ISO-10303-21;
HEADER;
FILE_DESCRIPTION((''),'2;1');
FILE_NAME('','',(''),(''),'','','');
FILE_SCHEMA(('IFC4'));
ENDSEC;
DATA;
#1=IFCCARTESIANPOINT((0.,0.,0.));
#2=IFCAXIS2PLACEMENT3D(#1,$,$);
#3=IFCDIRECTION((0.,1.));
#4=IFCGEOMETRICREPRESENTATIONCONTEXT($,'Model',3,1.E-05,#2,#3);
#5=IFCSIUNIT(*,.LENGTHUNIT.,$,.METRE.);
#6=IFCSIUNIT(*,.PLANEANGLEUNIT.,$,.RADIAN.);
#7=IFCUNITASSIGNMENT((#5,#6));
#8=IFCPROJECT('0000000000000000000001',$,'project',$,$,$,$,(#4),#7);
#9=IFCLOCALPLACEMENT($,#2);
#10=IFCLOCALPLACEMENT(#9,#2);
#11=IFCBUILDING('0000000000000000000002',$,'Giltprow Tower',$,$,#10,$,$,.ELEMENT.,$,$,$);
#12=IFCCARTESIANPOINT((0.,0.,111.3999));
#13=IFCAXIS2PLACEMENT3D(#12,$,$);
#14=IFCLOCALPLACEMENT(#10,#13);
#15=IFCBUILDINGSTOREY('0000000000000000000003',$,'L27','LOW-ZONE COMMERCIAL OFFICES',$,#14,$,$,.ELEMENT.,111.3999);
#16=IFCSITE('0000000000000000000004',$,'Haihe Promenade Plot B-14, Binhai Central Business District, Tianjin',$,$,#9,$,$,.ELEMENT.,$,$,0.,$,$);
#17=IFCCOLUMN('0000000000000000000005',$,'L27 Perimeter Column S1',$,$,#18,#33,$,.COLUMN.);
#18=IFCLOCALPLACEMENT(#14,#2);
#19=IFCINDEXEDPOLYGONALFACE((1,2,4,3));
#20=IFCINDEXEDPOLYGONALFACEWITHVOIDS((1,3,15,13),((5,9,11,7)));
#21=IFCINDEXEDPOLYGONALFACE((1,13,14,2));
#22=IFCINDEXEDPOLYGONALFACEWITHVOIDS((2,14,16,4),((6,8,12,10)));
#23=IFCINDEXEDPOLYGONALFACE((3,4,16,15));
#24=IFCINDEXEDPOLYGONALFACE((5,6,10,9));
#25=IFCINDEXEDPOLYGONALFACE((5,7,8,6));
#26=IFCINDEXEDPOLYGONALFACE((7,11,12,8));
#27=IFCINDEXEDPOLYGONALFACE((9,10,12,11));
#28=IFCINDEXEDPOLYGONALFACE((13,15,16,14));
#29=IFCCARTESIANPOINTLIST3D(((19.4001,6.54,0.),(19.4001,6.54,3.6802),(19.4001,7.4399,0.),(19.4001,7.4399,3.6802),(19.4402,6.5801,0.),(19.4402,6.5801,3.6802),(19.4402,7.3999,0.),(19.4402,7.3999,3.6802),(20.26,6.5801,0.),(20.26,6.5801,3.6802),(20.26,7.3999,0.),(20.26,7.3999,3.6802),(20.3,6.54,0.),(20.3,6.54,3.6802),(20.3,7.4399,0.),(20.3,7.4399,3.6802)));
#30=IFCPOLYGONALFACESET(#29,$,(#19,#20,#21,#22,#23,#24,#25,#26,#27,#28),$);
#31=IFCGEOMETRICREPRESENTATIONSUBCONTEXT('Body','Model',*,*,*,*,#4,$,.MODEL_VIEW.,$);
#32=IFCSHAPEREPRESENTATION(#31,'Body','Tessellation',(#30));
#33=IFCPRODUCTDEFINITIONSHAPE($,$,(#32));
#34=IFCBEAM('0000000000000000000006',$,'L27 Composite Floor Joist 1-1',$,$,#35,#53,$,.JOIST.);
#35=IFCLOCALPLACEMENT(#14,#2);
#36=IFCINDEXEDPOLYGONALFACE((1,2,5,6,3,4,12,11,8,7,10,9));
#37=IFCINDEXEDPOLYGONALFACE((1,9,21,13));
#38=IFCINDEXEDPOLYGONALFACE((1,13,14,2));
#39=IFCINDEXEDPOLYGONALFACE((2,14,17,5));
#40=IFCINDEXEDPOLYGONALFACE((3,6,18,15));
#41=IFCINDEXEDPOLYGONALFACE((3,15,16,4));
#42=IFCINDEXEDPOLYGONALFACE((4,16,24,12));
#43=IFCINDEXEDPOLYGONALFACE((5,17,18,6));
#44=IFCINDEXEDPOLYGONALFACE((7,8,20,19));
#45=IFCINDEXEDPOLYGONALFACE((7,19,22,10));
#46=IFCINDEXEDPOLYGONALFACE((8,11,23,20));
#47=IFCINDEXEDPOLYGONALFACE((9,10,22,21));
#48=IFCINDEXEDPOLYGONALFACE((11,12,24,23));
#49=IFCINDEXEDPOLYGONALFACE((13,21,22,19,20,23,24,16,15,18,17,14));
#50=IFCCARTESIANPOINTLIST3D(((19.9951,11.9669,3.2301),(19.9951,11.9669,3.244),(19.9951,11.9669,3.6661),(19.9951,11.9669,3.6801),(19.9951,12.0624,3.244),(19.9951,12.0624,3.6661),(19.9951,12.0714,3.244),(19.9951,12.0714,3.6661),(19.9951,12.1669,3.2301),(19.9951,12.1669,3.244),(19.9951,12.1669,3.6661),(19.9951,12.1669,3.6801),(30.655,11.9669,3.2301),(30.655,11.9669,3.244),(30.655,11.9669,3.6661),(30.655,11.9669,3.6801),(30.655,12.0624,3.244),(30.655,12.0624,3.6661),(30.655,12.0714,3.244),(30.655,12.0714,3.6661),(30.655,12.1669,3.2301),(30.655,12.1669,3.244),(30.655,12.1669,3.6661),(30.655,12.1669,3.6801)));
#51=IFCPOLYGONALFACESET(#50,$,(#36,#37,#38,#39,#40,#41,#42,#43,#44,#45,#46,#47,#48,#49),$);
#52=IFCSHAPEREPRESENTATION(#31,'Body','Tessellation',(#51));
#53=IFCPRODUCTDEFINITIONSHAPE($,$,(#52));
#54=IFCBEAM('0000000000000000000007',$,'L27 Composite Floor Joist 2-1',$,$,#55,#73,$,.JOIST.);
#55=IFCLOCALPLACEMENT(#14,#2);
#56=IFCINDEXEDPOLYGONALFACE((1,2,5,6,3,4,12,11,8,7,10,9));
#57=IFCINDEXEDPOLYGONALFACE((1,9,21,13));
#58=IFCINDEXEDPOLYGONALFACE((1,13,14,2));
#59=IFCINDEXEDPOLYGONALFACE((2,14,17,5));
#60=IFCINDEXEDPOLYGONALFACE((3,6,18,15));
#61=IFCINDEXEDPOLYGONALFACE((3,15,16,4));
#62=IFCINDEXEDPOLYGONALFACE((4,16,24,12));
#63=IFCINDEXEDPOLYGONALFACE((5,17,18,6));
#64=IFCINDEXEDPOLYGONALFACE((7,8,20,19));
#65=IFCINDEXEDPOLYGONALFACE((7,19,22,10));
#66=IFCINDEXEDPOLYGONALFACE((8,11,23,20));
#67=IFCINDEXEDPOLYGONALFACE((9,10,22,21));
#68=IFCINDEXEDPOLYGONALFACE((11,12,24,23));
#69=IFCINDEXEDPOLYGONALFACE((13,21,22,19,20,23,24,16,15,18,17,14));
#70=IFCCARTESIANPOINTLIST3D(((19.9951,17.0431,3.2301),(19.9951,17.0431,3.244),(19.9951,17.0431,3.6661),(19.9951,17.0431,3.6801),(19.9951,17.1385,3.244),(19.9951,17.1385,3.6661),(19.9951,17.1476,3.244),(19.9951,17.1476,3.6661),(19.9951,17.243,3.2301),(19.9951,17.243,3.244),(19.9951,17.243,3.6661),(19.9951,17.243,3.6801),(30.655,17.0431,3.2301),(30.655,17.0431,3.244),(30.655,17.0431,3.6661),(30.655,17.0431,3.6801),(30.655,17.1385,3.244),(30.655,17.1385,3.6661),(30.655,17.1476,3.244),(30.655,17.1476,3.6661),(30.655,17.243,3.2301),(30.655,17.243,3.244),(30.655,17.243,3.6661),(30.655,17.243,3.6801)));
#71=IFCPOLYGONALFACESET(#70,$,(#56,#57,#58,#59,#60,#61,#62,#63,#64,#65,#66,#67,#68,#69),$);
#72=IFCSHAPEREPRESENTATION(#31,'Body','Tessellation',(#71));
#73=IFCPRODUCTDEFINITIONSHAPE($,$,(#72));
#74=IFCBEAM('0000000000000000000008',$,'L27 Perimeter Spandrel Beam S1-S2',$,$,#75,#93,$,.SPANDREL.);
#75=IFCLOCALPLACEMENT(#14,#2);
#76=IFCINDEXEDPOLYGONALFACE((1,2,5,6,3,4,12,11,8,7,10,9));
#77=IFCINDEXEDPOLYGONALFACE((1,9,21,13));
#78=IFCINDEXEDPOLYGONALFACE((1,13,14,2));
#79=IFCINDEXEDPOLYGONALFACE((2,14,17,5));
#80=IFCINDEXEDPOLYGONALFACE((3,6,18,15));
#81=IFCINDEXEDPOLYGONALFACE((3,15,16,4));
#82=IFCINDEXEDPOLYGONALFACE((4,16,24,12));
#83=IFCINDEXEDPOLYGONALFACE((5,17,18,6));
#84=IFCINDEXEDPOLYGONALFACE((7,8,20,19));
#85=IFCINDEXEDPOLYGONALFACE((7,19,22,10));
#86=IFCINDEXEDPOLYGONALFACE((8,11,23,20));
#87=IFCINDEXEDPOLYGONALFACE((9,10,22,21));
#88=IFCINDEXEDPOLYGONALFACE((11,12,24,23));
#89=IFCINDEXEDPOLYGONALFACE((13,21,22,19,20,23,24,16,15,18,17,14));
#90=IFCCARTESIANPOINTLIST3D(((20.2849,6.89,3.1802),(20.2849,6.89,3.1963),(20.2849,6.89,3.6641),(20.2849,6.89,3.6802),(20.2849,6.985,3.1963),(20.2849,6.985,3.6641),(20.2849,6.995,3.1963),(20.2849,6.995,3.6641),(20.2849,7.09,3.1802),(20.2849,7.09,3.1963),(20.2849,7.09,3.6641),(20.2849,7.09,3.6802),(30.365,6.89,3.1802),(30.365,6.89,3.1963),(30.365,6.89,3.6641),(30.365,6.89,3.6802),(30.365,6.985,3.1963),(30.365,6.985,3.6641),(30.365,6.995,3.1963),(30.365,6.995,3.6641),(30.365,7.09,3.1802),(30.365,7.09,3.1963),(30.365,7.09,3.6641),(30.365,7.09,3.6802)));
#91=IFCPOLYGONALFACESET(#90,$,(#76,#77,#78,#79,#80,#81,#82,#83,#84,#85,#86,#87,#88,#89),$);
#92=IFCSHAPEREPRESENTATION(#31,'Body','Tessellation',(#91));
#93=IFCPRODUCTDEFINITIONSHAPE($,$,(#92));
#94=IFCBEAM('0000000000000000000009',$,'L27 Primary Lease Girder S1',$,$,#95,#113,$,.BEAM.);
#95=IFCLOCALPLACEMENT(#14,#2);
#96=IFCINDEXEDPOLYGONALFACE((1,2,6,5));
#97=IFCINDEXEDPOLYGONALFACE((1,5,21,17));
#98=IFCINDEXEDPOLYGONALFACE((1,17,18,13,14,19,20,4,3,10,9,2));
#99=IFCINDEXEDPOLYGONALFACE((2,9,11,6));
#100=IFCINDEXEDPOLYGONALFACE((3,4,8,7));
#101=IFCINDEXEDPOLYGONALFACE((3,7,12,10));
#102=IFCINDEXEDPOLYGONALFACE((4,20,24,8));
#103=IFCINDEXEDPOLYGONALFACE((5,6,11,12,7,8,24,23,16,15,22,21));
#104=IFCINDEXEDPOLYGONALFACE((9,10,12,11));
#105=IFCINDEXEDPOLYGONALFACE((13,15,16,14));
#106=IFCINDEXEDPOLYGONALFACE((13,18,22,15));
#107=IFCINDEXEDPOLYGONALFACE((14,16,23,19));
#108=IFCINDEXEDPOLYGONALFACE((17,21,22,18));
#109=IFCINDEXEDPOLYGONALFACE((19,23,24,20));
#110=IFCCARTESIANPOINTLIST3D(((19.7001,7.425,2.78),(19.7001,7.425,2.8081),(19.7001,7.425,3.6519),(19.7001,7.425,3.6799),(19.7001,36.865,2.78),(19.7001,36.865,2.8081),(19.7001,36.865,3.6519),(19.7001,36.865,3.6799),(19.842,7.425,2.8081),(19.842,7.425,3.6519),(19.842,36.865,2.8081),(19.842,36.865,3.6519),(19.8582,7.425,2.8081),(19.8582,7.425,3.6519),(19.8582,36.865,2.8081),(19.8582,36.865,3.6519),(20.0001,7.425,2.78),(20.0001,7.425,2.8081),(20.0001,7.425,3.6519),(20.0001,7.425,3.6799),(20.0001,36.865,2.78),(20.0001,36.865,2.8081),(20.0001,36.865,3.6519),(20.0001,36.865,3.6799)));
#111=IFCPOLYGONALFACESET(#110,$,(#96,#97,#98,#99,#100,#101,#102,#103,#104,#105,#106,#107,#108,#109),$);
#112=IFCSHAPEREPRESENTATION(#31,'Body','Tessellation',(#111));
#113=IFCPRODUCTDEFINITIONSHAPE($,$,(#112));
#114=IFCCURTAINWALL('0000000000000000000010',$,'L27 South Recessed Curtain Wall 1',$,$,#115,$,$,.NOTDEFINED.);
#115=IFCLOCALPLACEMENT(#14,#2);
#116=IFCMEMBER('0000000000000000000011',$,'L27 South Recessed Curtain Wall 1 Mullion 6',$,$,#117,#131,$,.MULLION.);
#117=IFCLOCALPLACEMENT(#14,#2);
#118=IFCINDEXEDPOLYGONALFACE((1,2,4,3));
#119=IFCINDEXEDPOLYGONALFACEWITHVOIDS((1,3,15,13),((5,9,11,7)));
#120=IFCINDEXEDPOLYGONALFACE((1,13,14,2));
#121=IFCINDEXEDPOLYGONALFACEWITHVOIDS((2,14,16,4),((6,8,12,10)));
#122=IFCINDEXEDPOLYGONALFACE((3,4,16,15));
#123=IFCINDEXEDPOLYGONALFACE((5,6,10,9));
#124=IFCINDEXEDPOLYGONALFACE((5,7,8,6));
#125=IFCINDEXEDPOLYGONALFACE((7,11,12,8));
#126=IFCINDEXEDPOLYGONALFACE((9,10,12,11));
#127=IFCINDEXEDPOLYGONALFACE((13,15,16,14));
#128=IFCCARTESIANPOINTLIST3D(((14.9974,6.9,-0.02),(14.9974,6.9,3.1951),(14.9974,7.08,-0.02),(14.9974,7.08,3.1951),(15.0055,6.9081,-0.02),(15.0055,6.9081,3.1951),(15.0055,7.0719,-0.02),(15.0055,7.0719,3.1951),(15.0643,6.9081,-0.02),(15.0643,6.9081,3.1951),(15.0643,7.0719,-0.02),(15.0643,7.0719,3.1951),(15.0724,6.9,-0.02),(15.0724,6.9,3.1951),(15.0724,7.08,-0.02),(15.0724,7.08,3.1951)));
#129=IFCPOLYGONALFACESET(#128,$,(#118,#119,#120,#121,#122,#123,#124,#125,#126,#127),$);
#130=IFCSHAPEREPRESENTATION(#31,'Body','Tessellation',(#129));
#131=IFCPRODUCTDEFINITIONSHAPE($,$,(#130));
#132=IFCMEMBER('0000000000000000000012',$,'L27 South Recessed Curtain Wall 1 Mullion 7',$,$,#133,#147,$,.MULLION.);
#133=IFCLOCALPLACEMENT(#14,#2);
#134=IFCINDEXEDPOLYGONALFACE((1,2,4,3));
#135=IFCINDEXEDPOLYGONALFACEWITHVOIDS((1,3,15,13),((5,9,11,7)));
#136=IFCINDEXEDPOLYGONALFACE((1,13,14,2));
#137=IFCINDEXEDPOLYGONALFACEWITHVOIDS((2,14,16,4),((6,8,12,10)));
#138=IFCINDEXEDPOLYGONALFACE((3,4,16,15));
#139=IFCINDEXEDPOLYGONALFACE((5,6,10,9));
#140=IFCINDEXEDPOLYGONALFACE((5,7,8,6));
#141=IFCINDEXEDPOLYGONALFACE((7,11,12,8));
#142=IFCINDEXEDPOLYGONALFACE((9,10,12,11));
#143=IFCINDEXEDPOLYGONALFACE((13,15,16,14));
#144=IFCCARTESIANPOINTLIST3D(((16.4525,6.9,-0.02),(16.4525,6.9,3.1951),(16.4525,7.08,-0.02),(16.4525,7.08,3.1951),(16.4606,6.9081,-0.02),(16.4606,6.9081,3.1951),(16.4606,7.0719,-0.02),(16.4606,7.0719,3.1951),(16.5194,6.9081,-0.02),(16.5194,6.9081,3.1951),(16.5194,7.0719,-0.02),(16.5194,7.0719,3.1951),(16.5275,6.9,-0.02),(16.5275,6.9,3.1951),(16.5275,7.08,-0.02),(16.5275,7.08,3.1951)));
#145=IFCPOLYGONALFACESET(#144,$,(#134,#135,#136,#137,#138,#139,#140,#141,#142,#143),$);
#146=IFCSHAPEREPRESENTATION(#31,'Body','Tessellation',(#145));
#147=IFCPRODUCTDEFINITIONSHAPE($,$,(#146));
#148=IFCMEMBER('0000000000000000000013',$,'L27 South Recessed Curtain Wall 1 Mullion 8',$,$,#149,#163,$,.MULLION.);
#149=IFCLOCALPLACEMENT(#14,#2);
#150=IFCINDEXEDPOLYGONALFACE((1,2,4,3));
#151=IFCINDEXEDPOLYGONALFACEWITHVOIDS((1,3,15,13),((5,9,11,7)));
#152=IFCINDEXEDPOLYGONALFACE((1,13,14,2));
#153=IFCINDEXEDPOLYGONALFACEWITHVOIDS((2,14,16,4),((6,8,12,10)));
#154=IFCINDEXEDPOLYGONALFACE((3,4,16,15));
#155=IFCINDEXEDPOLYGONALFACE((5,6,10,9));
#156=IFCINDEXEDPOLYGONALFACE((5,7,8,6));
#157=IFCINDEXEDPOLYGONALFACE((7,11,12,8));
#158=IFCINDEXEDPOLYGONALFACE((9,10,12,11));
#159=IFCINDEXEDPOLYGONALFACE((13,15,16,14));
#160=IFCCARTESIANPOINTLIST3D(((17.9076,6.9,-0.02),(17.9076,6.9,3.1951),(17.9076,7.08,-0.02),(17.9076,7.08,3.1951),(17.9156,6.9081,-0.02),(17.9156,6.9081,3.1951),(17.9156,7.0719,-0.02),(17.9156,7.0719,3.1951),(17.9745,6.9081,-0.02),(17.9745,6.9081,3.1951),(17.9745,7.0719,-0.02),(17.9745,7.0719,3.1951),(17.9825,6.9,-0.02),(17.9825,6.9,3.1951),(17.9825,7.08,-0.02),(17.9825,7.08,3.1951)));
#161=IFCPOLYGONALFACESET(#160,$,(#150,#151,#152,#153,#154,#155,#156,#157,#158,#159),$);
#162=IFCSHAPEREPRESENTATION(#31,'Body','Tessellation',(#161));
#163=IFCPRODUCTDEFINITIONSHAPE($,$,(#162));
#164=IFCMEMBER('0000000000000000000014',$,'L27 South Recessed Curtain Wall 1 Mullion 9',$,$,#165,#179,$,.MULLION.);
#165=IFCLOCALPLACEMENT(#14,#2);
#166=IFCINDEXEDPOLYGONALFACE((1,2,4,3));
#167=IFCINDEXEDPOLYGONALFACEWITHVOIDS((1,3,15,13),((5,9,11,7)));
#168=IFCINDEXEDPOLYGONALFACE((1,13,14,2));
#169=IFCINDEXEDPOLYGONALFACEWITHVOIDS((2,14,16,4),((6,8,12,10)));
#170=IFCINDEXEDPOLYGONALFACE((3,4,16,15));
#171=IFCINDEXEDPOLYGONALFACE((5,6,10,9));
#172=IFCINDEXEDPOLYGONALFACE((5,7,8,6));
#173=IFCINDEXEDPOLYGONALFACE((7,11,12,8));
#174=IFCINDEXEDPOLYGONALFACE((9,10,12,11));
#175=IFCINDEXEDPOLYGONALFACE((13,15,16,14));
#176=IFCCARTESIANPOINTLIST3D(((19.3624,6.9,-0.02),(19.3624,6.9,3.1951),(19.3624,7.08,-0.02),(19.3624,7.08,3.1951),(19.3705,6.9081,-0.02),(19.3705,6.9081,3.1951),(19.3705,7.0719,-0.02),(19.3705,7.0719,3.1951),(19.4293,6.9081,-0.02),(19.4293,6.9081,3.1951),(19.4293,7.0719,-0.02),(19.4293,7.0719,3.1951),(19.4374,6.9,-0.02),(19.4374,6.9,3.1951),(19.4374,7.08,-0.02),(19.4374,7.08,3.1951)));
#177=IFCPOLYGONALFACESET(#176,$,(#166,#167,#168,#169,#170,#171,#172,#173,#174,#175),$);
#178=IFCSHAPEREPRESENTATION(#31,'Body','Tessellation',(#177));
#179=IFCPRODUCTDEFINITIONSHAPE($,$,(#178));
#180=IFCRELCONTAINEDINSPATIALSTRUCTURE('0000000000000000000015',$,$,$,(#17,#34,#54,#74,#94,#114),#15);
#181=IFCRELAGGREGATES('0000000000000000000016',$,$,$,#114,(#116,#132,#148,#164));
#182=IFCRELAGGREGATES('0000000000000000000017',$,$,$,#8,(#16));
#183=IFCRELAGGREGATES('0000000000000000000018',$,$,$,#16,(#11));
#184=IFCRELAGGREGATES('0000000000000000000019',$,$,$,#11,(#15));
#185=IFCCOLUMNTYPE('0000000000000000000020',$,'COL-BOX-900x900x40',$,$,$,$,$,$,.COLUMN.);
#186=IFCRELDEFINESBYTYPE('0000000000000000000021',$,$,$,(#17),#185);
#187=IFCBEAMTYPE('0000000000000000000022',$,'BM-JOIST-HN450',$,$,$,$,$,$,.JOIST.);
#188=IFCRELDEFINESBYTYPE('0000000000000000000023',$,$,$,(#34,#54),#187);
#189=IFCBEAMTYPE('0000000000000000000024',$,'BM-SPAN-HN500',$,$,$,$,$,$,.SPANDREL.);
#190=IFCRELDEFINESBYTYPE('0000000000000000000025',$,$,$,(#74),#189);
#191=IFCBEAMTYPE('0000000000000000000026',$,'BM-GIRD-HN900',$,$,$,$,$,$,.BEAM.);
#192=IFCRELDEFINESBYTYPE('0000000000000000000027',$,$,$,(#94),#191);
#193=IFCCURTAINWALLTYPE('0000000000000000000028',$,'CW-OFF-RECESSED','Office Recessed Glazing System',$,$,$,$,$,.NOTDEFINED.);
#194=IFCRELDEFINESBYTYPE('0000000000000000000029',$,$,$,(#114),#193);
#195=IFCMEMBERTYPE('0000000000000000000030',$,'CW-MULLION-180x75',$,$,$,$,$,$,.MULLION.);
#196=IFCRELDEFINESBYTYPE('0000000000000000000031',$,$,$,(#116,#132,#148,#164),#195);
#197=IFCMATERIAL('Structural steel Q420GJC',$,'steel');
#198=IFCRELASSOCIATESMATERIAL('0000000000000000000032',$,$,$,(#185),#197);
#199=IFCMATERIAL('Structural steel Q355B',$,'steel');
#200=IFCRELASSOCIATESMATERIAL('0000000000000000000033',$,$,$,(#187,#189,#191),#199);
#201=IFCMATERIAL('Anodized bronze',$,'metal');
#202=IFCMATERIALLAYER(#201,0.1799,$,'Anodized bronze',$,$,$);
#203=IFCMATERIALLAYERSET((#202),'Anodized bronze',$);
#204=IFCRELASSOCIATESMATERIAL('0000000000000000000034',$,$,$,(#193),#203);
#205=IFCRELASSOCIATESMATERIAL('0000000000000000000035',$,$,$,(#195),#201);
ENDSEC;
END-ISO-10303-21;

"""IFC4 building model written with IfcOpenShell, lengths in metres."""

from ifc_helpers import new_model, si_unit, direction, frame, origin, origin_2d, place, context, subcontext, project, spatial, hollow_rectangle, i_section, extrude, source, transform, mapped, material, layer, layer_set, material_profile, profile_set, type_object, element, aggregate, save


model = new_model("IFC4")

# Units and contexts
model_context = context("Model", 3, precision=1e-05, world=origin(), true_north=direction((0.0, 1.0)))
body_context = subcontext(model_context, "Body", "Model", "MODEL_VIEW")
ifc_project = project(units=[si_unit("LENGTHUNIT", "METRE"), si_unit("PLANEANGLEUNIT", "RADIAN")], contexts=[model_context])

# Site, building, storey
site_placement = place(None, origin())
site = spatial("IfcSite", under=ifc_project, at=site_placement, Name="Haihe Promenade Plot B-14, Binhai Central Business District, Tianjin", CompositionType="ELEMENT", RefElevation=0.0)
building_placement = place(site_placement, origin())
building = spatial("IfcBuilding", under=site, at=building_placement, Name="Giltprow Tower", CompositionType="ELEMENT")
storey_placement = place(building_placement, frame((0.0, 0.0, 111.3999)))
storey = spatial("IfcBuildingStorey", under=building, at=storey_placement, Name="L27", Description="LOW-ZONE COMMERCIAL OFFICES", CompositionType="ELEMENT", Elevation=111.3999)

# Column
ifc_material_1 = material(Name="Structural steel Q420GJC", Category="steel")
ifc_material_profile_1 = material_profile(ifc_material_1, hollow_rectangle(XDim=0.8999, YDim=0.8999, WallThickness=0.04, at=origin_2d()), Name="BOX 900x900x40")
ifc_profile_set_1 = profile_set([ifc_material_profile_1], Name="Structural steel Q420GJC")
column_type = type_object("IfcColumnType", Name="COL-BOX-900x900x40", PredefinedType="COLUMN", material=ifc_profile_set_1)
shared_shape_1 = source(origin(), body_context, "Body", "SweptSolid", [
    extrude(hollow_rectangle(XDim=0.8999, YDim=0.8999, WallThickness=0.04, at=origin_2d()), origin(), (0.0, 0.0, 1.0), 3.6802),
])
column_placement = place(storey_placement, frame((19.8501, 6.99, 0.0), z_axis=(0.0, 0.0, 1.0), x_axis=(1.0, 0.0, 0.0)))
element("IfcColumn", 1, at=column_placement, inside=storey, type_object=column_type, Name="L27 Perimeter Column S1", PredefinedType="COLUMN", context=body_context, shape_type="MappedRepresentation", body=[
    mapped(shared_shape_1, transform((0.0, 0.0, 0.0), x_axis=(1.0, 0.0, 0.0), y_axis=(0.0, 1.0, 0.0), z_axis=(0.0, 0.0, 1.0), scale=1.0)),
])

# Beams
ifc_material_2 = material(Name="Structural steel Q355B", Category="steel")
ifc_material_profile_2 = material_profile(ifc_material_2, i_section(OverallWidth=0.2, OverallDepth=0.45, WebThickness=0.009, FlangeThickness=0.0139, at=origin_2d()), Name="HN 450x200x9x14")
ifc_profile_set_2 = profile_set([ifc_material_profile_2], Name="Structural steel Q355B")
beam_type_1 = type_object("IfcBeamType", Name="BM-JOIST-HN450", PredefinedType="JOIST", material=ifc_profile_set_2)
shared_shape_2 = source(origin(), body_context, "Body", "SweptSolid", [
    extrude(i_section(OverallWidth=0.2, OverallDepth=0.45, WebThickness=0.009, FlangeThickness=0.0139, at=origin_2d()), origin(), (0.0, 0.0, 1.0), 10.6599),
])
for number, where, z_axis, x_axis, name in (
    (2, (19.9951, 12.0669, 3.4551), (1.0, 0.0, 0.0), (0.0, 1.0, 0.0), "L27 Composite Floor Joist 1-1"),
    (3, (19.9951, 17.1431, 3.4551), (1.0, 0.0, 0.0), (0.0, 1.0, 0.0), "L27 Composite Floor Joist 2-1"),
):
    element("IfcBeam", number, at=place(storey_placement, frame(where, z_axis=z_axis, x_axis=x_axis)), inside=storey, type_object=beam_type_1, Name=name, PredefinedType="JOIST", context=body_context, shape_type="MappedRepresentation", body=[
        mapped(shared_shape_2, transform((0.0, 0.0, 0.0), x_axis=(1.0, 0.0, 0.0), y_axis=(0.0, 1.0, 0.0), z_axis=(0.0, 0.0, 1.0), scale=1.0)),
    ])
ifc_material_profile_3 = material_profile(ifc_material_2, i_section(OverallWidth=0.2, OverallDepth=0.5, WebThickness=0.01, FlangeThickness=0.0161, at=origin_2d()), Name="HN 500x200x10x16")
ifc_profile_set_3 = profile_set([ifc_material_profile_3], Name="Structural steel Q355B")
beam_type_2 = type_object("IfcBeamType", Name="BM-SPAN-HN500", PredefinedType="SPANDREL", material=ifc_profile_set_3)
shared_shape_3 = source(origin(), body_context, "Body", "SweptSolid", [
    extrude(i_section(OverallWidth=0.2, OverallDepth=0.5, WebThickness=0.01, FlangeThickness=0.0161, at=origin_2d()), origin(), (0.0, 0.0, 1.0), 10.0801),
])
beam_1_placement = place(storey_placement, frame((20.2849, 6.99, 3.4302), z_axis=(1.0, 0.0, 0.0), x_axis=(0.0, 1.0, 0.0)))
element("IfcBeam", 4, at=beam_1_placement, inside=storey, type_object=beam_type_2, Name="L27 Perimeter Spandrel Beam S1-S2", PredefinedType="SPANDREL", context=body_context, shape_type="MappedRepresentation", body=[
    mapped(shared_shape_3, transform((0.0, 0.0, 0.0), x_axis=(1.0, 0.0, 0.0), y_axis=(0.0, 1.0, 0.0), z_axis=(0.0, 0.0, 1.0), scale=1.0)),
])
ifc_material_profile_4 = material_profile(ifc_material_2, i_section(OverallWidth=0.3, OverallDepth=0.8999, WebThickness=0.0161, FlangeThickness=0.0281, at=origin_2d()), Name="HN 900x300x16x28")
ifc_profile_set_4 = profile_set([ifc_material_profile_4], Name="Structural steel Q355B")
beam_type_3 = type_object("IfcBeamType", Name="BM-GIRD-HN900", PredefinedType="BEAM", material=ifc_profile_set_4)
shared_shape_4 = source(origin(), body_context, "Body", "SweptSolid", [
    extrude(i_section(OverallWidth=0.3, OverallDepth=0.8999, WebThickness=0.0161, FlangeThickness=0.0281, at=origin_2d()), origin(), (0.0, 0.0, 1.0), 29.4399),
])
beam_2_placement = place(storey_placement, frame((19.8501, 7.425, 3.23), z_axis=(0.0, 1.0, 0.0), x_axis=(-1.0, 0.0, 0.0)))
element("IfcBeam", 5, at=beam_2_placement, inside=storey, type_object=beam_type_3, Name="L27 Primary Lease Girder S1", PredefinedType="BEAM", context=body_context, shape_type="MappedRepresentation", body=[
    mapped(shared_shape_4, transform((0.0, 0.0, 0.0), x_axis=(1.0, 0.0, 0.0), y_axis=(0.0, 1.0, 0.0), z_axis=(0.0, 0.0, 1.0), scale=1.0)),
])

# Curtain wall, members
ifc_material_3 = material(Name="Anodized bronze", Category="metal")
ifc_layer = layer(ifc_material_3, 0.1799, Name="Anodized bronze")
ifc_layer_set = layer_set([ifc_layer], Name="Anodized bronze")
curtain_wall_type = type_object("IfcCurtainWallType", Name="CW-OFF-RECESSED", Description="Office Recessed Glazing System", PredefinedType="NOTDEFINED", material=ifc_layer_set)
curtain_wall_placement = place(storey_placement, origin())
curtain_wall = element("IfcCurtainWall", 6, at=curtain_wall_placement, inside=storey, type_object=curtain_wall_type, Name="L27 South Recessed Curtain Wall 1", PredefinedType="NOTDEFINED")
ifc_material_profile_5 = material_profile(ifc_material_3, hollow_rectangle(XDim=0.075, YDim=0.1799, WallThickness=0.0081, at=origin_2d()), Name="RHS 180x75x8")
ifc_profile_set_5 = profile_set([ifc_material_profile_5], Name="Anodized bronze")
member_type = type_object("IfcMemberType", Name="CW-MULLION-180x75", PredefinedType="MULLION", material=ifc_profile_set_5)
shared_shape_5 = source(origin(), body_context, "Body", "SweptSolid", [
    extrude(hollow_rectangle(XDim=0.075, YDim=0.1799, WallThickness=0.0081, at=origin_2d()), origin(), (0.0, 0.0, 1.0), 3.2151),
])
member_1_placement = place(storey_placement, frame((15.0349, 6.99, -0.02), z_axis=(0.0, 0.0, 1.0), x_axis=(1.0, 0.0, 0.0)))
member_1 = element("IfcMember", 7, at=member_1_placement, type_object=member_type, Name="L27 South Recessed Curtain Wall 1 Mullion 6", PredefinedType="MULLION", context=body_context, shape_type="MappedRepresentation", body=[
    mapped(shared_shape_5, transform((0.0, 0.0, 0.0), x_axis=(1.0, 0.0, 0.0), y_axis=(0.0, 1.0, 0.0), z_axis=(0.0, 0.0, 1.0), scale=1.0)),
])
member_2_placement = place(storey_placement, frame((16.49, 6.99, -0.02), z_axis=(0.0, 0.0, 1.0), x_axis=(1.0, 0.0, 0.0)))
member_2 = element("IfcMember", 8, at=member_2_placement, type_object=member_type, Name="L27 South Recessed Curtain Wall 1 Mullion 7", PredefinedType="MULLION", context=body_context, shape_type="MappedRepresentation", body=[
    mapped(shared_shape_5, transform((0.0, 0.0, 0.0), x_axis=(1.0, 0.0, 0.0), y_axis=(0.0, 1.0, 0.0), z_axis=(0.0, 0.0, 1.0), scale=1.0)),
])
member_3_placement = place(storey_placement, frame((17.9451, 6.99, -0.02), z_axis=(0.0, 0.0, 1.0), x_axis=(1.0, 0.0, 0.0)))
member_3 = element("IfcMember", 9, at=member_3_placement, type_object=member_type, Name="L27 South Recessed Curtain Wall 1 Mullion 8", PredefinedType="MULLION", context=body_context, shape_type="MappedRepresentation", body=[
    mapped(shared_shape_5, transform((0.0, 0.0, 0.0), x_axis=(1.0, 0.0, 0.0), y_axis=(0.0, 1.0, 0.0), z_axis=(0.0, 0.0, 1.0), scale=1.0)),
])
member_4_placement = place(storey_placement, frame((19.3999, 6.99, -0.02), z_axis=(0.0, 0.0, 1.0), x_axis=(1.0, 0.0, 0.0)))
member_4 = element("IfcMember", 10, at=member_4_placement, type_object=member_type, Name="L27 South Recessed Curtain Wall 1 Mullion 9", PredefinedType="MULLION", context=body_context, shape_type="MappedRepresentation", body=[
    mapped(shared_shape_5, transform((0.0, 0.0, 0.0), x_axis=(1.0, 0.0, 0.0), y_axis=(0.0, 1.0, 0.0), z_axis=(0.0, 0.0, 1.0), scale=1.0)),
])
aggregate(curtain_wall, [member_1, member_2, member_3, member_4])

save(model, "model.ifc")
